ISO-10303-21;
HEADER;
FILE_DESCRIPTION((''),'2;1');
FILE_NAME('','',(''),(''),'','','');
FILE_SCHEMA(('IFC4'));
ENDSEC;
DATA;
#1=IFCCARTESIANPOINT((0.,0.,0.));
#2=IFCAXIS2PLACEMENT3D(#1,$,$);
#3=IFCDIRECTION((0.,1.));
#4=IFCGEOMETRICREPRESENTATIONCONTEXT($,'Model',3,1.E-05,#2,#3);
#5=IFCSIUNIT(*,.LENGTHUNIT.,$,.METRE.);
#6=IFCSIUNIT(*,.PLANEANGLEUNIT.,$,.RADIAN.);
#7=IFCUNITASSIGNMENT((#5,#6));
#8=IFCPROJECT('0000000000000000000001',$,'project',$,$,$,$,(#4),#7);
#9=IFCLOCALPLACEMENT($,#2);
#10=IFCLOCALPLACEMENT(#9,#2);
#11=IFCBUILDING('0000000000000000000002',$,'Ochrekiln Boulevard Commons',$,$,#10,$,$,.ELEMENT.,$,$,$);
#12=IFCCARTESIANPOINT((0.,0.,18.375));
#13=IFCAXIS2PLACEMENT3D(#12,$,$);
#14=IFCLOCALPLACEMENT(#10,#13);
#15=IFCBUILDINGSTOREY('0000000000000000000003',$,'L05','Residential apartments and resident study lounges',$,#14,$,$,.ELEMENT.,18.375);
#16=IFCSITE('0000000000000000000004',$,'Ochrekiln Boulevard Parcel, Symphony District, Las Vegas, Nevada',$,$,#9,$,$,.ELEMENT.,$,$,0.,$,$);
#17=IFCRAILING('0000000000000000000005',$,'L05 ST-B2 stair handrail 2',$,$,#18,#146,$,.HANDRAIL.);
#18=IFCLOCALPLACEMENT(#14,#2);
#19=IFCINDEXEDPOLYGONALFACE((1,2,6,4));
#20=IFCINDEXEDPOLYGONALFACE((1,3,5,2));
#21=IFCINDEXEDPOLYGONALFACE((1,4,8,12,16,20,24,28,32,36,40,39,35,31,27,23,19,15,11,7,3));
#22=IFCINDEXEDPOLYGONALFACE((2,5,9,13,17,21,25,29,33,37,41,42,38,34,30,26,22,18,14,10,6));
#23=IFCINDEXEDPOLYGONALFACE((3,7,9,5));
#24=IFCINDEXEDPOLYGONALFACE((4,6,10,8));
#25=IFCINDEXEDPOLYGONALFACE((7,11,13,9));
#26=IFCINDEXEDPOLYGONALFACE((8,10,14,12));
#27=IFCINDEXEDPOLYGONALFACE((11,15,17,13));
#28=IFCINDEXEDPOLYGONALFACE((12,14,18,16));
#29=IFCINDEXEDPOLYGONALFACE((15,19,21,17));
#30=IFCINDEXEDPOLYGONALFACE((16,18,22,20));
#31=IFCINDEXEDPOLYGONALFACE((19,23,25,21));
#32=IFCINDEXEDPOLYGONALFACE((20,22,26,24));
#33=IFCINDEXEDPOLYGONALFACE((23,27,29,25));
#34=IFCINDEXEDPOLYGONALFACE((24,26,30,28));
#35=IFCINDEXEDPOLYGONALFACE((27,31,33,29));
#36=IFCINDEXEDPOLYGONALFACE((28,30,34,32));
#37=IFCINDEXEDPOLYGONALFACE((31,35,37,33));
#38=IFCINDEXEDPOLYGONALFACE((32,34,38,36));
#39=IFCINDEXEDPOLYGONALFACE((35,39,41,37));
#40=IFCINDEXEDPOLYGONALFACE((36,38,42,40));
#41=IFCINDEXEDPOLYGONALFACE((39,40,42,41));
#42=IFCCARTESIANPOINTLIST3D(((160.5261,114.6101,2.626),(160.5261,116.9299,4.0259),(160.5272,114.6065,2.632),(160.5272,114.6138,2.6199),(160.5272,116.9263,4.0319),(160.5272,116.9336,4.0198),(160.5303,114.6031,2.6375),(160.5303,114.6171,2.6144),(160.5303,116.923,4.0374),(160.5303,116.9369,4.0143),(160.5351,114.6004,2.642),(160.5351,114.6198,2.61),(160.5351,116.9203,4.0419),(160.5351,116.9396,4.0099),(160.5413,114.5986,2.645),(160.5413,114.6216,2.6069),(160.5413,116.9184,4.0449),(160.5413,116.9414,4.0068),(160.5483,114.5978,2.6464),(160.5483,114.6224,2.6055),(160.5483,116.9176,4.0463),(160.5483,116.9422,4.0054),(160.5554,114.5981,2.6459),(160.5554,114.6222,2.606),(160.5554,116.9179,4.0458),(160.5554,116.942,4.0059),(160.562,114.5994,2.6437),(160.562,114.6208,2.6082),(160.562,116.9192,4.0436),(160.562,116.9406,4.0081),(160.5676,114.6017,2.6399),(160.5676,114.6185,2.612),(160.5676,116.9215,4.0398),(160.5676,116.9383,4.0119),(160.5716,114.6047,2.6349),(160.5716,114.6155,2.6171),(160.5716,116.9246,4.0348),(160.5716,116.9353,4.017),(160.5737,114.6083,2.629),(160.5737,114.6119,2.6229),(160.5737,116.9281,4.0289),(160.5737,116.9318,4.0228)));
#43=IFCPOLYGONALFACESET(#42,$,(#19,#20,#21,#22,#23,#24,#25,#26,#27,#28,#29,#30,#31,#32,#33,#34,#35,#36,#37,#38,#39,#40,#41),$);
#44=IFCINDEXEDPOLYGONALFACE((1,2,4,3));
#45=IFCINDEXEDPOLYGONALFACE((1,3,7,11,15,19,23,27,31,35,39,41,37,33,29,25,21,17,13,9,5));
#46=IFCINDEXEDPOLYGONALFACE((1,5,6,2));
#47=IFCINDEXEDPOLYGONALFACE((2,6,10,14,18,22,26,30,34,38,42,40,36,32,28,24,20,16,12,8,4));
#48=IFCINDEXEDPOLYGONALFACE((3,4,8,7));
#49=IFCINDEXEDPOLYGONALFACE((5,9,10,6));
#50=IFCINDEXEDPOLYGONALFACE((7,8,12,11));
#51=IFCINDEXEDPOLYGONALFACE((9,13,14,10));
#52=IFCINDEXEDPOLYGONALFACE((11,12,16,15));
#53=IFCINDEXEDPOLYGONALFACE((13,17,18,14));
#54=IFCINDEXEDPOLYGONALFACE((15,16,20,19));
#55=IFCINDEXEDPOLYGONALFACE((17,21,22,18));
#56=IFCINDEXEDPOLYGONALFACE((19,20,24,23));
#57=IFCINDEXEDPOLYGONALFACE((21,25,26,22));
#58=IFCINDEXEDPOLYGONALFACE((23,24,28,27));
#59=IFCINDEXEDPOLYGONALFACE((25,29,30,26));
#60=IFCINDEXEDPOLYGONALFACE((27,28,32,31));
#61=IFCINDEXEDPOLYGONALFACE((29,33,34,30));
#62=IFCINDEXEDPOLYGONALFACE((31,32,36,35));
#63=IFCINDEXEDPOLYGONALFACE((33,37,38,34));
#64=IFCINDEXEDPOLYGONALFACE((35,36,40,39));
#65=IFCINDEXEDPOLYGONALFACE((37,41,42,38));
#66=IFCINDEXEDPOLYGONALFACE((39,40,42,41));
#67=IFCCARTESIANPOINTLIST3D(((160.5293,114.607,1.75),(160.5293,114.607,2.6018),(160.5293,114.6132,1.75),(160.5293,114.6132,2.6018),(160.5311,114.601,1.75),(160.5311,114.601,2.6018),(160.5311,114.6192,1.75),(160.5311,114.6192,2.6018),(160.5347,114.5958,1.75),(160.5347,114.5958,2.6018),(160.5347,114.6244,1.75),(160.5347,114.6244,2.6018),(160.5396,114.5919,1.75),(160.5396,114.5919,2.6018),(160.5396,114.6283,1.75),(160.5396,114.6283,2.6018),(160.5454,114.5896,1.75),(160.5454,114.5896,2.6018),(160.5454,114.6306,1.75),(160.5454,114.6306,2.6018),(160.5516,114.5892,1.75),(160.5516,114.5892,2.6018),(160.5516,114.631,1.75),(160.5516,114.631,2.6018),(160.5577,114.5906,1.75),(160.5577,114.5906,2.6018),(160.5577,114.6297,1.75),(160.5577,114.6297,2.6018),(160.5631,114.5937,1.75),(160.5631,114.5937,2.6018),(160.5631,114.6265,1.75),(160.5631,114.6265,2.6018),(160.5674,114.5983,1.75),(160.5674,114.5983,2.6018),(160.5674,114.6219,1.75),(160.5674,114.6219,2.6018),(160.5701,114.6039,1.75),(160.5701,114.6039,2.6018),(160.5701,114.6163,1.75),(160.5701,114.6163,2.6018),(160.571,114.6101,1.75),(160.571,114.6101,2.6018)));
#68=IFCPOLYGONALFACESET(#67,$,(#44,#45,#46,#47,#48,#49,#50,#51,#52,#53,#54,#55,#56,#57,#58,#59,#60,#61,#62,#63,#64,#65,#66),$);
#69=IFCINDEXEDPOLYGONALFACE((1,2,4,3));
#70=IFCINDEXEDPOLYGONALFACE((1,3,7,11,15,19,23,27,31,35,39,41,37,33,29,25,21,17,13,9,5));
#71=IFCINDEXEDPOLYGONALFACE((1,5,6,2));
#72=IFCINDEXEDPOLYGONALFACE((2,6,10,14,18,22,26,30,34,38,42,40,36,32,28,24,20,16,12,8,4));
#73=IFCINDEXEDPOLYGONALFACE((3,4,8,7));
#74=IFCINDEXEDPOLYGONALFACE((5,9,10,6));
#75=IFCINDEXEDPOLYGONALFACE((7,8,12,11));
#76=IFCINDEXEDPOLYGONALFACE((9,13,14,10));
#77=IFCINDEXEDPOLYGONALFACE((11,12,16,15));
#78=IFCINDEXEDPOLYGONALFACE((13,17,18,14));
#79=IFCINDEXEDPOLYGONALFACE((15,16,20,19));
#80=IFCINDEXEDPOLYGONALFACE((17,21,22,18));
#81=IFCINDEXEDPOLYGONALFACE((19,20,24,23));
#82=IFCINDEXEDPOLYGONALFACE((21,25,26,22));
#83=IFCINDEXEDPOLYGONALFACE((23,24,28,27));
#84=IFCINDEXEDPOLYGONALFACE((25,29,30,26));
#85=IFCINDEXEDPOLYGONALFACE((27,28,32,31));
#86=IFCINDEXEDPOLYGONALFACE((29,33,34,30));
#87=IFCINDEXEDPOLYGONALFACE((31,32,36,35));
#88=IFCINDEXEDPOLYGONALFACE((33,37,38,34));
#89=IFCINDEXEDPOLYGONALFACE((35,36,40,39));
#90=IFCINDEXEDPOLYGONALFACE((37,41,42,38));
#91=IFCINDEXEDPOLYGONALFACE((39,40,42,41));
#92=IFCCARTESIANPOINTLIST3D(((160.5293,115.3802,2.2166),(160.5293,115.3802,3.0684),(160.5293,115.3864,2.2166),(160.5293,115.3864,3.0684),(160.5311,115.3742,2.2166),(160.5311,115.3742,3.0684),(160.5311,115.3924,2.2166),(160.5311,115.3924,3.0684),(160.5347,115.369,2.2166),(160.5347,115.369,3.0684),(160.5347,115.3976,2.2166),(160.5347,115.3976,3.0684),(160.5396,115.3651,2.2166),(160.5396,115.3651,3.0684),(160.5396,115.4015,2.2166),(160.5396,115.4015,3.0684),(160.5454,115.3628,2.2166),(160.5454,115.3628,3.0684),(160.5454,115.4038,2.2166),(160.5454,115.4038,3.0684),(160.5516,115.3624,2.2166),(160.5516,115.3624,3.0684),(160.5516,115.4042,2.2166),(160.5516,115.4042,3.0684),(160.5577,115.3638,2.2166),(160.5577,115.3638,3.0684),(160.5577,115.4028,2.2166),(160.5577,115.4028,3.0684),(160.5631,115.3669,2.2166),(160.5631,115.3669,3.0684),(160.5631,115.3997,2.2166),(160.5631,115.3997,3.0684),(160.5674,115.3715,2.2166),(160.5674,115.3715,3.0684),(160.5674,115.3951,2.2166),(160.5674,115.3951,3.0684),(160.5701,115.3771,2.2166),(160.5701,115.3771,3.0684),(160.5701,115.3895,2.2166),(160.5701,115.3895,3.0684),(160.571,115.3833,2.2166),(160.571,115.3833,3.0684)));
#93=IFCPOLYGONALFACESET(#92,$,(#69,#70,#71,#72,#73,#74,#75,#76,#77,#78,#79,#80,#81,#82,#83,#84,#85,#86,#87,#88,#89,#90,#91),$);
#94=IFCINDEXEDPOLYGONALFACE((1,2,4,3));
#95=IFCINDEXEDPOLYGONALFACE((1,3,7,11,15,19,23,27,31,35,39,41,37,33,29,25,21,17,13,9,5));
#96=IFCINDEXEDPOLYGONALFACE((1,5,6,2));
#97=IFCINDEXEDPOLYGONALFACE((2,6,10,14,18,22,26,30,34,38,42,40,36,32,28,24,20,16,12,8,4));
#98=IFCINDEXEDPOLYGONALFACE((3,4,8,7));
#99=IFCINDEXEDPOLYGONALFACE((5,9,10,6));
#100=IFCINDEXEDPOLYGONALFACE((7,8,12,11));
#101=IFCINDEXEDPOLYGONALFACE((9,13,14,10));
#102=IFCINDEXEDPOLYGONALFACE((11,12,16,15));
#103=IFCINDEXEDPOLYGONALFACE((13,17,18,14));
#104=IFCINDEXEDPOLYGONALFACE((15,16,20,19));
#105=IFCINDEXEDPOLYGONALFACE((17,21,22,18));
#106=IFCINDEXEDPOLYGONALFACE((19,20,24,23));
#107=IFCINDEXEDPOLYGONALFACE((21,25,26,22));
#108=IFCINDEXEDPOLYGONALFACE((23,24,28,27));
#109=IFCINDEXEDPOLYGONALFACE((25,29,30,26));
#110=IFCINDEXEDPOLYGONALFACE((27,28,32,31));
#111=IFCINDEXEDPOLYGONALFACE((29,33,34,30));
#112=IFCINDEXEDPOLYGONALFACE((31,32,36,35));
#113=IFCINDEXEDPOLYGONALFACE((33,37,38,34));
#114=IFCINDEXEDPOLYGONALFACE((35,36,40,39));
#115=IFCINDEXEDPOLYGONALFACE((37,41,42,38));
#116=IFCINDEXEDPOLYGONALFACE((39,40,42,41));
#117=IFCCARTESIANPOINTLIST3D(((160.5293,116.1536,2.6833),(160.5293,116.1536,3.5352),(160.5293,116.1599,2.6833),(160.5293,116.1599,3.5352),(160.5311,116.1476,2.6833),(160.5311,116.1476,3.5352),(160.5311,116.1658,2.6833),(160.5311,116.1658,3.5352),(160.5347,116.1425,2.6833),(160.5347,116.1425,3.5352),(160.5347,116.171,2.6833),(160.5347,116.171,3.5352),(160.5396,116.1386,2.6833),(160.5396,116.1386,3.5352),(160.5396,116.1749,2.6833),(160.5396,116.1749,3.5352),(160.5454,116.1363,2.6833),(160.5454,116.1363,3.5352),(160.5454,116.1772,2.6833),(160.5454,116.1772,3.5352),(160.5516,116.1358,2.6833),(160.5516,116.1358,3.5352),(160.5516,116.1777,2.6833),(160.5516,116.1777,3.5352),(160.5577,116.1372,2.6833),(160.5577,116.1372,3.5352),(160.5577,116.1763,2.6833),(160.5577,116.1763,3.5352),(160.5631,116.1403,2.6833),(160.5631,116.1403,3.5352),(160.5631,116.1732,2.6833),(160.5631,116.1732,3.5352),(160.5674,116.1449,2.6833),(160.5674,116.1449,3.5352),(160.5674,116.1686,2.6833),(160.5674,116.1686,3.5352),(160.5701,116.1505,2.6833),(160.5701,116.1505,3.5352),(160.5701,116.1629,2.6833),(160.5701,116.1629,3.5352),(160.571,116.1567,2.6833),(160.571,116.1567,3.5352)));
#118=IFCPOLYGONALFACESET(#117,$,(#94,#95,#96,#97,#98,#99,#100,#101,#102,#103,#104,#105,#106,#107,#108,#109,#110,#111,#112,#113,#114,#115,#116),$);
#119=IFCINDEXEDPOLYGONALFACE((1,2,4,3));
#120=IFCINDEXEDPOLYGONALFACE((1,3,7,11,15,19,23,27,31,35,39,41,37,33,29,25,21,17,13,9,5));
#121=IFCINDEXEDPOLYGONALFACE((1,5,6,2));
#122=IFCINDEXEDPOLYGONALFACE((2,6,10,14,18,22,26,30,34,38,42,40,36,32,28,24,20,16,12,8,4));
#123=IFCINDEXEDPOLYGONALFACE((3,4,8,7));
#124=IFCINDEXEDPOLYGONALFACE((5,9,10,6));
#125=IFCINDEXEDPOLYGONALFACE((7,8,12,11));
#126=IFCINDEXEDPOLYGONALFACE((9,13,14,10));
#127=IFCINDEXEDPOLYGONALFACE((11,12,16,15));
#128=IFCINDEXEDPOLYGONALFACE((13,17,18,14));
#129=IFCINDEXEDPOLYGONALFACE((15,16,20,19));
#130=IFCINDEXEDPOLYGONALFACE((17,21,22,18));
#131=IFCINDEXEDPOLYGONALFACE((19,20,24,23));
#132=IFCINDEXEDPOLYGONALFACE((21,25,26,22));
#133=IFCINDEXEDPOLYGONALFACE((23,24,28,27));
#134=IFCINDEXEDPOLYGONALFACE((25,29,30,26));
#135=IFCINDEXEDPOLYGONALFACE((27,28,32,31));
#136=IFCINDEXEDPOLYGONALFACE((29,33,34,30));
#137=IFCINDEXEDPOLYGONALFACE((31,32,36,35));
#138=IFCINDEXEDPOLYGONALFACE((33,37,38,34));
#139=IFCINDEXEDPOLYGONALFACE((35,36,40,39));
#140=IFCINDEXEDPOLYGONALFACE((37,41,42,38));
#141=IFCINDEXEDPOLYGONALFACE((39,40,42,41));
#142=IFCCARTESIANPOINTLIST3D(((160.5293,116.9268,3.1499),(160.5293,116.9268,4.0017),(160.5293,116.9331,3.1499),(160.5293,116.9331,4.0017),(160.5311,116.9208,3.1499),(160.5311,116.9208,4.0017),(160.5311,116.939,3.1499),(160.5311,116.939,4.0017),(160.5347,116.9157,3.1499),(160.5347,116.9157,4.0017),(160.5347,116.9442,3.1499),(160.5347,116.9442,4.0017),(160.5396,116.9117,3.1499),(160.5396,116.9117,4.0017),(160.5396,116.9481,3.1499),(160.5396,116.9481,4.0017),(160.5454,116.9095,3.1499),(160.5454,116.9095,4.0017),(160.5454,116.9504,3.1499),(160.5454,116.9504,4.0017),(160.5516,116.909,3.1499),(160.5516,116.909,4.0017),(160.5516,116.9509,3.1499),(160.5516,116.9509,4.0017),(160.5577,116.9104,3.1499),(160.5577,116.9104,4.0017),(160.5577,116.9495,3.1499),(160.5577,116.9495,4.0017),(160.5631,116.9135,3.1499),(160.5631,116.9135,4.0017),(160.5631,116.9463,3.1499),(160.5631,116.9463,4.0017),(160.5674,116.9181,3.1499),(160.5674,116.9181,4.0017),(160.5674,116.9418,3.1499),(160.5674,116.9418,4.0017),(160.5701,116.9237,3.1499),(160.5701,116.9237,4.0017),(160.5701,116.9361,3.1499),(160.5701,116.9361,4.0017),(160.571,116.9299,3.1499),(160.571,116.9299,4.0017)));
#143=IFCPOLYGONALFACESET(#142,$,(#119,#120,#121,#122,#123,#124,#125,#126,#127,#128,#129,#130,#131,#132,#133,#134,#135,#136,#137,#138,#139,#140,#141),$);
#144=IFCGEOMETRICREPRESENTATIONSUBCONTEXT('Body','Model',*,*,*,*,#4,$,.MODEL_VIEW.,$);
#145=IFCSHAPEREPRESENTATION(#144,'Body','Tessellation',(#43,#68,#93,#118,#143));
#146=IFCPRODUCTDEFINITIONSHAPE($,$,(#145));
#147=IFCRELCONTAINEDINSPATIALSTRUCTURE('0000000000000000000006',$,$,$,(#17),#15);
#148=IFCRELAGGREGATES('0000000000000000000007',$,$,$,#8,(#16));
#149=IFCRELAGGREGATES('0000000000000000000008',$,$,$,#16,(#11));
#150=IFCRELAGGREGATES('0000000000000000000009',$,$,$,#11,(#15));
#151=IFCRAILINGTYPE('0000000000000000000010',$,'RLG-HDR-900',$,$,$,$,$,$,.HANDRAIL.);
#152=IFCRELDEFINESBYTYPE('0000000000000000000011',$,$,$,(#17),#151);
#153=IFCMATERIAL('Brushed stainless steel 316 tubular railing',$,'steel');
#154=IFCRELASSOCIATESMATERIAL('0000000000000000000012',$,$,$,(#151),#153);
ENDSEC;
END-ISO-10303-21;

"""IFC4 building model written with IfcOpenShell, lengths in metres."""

from ifc_helpers import new_model, si_unit, direction, frame, origin, origin_2d, place, context, subcontext, project, spatial, circle, extrude, material, type_object, element, save


model = new_model("IFC4")

# Units and contexts
model_context = context("Model", 3, precision=1e-05, world=origin(), true_north=direction((0.0, 1.0)))
body_context = subcontext(model_context, "Body", "Model", "MODEL_VIEW")
ifc_project = project(units=[si_unit("LENGTHUNIT", "METRE"), si_unit("PLANEANGLEUNIT", "RADIAN")], contexts=[model_context])

# Site, building, storey
site_placement = place(None, origin())
site = spatial("IfcSite", under=ifc_project, at=site_placement, Name="Ochrekiln Boulevard Parcel, Symphony District, Las Vegas, Nevada", CompositionType="ELEMENT", RefElevation=0.0)
building_placement = place(site_placement, origin())
building = spatial("IfcBuilding", under=site, at=building_placement, Name="Ochrekiln Boulevard Commons", CompositionType="ELEMENT")
storey_placement = place(building_placement, frame((0.0, 0.0, 18.375)))
storey = spatial("IfcBuildingStorey", under=building, at=storey_placement, Name="L05", Description="Residential apartments and resident study lounges", CompositionType="ELEMENT", Elevation=18.375)

# Railing
ifc_material_1 = material(Name="Brushed stainless steel 316 tubular railing", Category="steel")
railing_type_1 = type_object("IfcRailingType", Name="RLG-HDR-900", PredefinedType="HANDRAIL", material=ifc_material_1)
railing_1_placement = place(storey_placement, frame((160.55, 114.6101, 1.75)))
element("IfcRailing", 1, at=railing_1_placement, inside=storey, type_object=railing_type_1, Name="L05 ST-B2 stair handrail 2", PredefinedType="HANDRAIL", context=body_context, shape_type="SweptSolid", body=[
    extrude(circle(Radius=0.0239, at=origin_2d()), frame((0.0, 0.0, 0.876), z_axis=(0.0, 0.856186, 0.516667), x_axis=(-1.0, 0.0, 0.0)), (0.0, 0.0, 1.0), 2.7095),
    extrude(circle(Radius=0.021, at=origin_2d()), origin(), (0.0, 0.0, 1.0), 0.8518),
    extrude(circle(Radius=0.021, at=origin_2d()), frame((0.0, 0.7732, 0.4666)), (0.0, 0.0, 1.0), 0.8518),
    extrude(circle(Radius=0.021, at=origin_2d()), frame((0.0, 1.5466, 0.9333)), (0.0, 0.0, 1.0), 0.8518),
    extrude(circle(Radius=0.021, at=origin_2d()), frame((0.0, 2.3198, 1.3999)), (0.0, 0.0, 1.0), 0.8518),
])

save(model, "model.ifc")
